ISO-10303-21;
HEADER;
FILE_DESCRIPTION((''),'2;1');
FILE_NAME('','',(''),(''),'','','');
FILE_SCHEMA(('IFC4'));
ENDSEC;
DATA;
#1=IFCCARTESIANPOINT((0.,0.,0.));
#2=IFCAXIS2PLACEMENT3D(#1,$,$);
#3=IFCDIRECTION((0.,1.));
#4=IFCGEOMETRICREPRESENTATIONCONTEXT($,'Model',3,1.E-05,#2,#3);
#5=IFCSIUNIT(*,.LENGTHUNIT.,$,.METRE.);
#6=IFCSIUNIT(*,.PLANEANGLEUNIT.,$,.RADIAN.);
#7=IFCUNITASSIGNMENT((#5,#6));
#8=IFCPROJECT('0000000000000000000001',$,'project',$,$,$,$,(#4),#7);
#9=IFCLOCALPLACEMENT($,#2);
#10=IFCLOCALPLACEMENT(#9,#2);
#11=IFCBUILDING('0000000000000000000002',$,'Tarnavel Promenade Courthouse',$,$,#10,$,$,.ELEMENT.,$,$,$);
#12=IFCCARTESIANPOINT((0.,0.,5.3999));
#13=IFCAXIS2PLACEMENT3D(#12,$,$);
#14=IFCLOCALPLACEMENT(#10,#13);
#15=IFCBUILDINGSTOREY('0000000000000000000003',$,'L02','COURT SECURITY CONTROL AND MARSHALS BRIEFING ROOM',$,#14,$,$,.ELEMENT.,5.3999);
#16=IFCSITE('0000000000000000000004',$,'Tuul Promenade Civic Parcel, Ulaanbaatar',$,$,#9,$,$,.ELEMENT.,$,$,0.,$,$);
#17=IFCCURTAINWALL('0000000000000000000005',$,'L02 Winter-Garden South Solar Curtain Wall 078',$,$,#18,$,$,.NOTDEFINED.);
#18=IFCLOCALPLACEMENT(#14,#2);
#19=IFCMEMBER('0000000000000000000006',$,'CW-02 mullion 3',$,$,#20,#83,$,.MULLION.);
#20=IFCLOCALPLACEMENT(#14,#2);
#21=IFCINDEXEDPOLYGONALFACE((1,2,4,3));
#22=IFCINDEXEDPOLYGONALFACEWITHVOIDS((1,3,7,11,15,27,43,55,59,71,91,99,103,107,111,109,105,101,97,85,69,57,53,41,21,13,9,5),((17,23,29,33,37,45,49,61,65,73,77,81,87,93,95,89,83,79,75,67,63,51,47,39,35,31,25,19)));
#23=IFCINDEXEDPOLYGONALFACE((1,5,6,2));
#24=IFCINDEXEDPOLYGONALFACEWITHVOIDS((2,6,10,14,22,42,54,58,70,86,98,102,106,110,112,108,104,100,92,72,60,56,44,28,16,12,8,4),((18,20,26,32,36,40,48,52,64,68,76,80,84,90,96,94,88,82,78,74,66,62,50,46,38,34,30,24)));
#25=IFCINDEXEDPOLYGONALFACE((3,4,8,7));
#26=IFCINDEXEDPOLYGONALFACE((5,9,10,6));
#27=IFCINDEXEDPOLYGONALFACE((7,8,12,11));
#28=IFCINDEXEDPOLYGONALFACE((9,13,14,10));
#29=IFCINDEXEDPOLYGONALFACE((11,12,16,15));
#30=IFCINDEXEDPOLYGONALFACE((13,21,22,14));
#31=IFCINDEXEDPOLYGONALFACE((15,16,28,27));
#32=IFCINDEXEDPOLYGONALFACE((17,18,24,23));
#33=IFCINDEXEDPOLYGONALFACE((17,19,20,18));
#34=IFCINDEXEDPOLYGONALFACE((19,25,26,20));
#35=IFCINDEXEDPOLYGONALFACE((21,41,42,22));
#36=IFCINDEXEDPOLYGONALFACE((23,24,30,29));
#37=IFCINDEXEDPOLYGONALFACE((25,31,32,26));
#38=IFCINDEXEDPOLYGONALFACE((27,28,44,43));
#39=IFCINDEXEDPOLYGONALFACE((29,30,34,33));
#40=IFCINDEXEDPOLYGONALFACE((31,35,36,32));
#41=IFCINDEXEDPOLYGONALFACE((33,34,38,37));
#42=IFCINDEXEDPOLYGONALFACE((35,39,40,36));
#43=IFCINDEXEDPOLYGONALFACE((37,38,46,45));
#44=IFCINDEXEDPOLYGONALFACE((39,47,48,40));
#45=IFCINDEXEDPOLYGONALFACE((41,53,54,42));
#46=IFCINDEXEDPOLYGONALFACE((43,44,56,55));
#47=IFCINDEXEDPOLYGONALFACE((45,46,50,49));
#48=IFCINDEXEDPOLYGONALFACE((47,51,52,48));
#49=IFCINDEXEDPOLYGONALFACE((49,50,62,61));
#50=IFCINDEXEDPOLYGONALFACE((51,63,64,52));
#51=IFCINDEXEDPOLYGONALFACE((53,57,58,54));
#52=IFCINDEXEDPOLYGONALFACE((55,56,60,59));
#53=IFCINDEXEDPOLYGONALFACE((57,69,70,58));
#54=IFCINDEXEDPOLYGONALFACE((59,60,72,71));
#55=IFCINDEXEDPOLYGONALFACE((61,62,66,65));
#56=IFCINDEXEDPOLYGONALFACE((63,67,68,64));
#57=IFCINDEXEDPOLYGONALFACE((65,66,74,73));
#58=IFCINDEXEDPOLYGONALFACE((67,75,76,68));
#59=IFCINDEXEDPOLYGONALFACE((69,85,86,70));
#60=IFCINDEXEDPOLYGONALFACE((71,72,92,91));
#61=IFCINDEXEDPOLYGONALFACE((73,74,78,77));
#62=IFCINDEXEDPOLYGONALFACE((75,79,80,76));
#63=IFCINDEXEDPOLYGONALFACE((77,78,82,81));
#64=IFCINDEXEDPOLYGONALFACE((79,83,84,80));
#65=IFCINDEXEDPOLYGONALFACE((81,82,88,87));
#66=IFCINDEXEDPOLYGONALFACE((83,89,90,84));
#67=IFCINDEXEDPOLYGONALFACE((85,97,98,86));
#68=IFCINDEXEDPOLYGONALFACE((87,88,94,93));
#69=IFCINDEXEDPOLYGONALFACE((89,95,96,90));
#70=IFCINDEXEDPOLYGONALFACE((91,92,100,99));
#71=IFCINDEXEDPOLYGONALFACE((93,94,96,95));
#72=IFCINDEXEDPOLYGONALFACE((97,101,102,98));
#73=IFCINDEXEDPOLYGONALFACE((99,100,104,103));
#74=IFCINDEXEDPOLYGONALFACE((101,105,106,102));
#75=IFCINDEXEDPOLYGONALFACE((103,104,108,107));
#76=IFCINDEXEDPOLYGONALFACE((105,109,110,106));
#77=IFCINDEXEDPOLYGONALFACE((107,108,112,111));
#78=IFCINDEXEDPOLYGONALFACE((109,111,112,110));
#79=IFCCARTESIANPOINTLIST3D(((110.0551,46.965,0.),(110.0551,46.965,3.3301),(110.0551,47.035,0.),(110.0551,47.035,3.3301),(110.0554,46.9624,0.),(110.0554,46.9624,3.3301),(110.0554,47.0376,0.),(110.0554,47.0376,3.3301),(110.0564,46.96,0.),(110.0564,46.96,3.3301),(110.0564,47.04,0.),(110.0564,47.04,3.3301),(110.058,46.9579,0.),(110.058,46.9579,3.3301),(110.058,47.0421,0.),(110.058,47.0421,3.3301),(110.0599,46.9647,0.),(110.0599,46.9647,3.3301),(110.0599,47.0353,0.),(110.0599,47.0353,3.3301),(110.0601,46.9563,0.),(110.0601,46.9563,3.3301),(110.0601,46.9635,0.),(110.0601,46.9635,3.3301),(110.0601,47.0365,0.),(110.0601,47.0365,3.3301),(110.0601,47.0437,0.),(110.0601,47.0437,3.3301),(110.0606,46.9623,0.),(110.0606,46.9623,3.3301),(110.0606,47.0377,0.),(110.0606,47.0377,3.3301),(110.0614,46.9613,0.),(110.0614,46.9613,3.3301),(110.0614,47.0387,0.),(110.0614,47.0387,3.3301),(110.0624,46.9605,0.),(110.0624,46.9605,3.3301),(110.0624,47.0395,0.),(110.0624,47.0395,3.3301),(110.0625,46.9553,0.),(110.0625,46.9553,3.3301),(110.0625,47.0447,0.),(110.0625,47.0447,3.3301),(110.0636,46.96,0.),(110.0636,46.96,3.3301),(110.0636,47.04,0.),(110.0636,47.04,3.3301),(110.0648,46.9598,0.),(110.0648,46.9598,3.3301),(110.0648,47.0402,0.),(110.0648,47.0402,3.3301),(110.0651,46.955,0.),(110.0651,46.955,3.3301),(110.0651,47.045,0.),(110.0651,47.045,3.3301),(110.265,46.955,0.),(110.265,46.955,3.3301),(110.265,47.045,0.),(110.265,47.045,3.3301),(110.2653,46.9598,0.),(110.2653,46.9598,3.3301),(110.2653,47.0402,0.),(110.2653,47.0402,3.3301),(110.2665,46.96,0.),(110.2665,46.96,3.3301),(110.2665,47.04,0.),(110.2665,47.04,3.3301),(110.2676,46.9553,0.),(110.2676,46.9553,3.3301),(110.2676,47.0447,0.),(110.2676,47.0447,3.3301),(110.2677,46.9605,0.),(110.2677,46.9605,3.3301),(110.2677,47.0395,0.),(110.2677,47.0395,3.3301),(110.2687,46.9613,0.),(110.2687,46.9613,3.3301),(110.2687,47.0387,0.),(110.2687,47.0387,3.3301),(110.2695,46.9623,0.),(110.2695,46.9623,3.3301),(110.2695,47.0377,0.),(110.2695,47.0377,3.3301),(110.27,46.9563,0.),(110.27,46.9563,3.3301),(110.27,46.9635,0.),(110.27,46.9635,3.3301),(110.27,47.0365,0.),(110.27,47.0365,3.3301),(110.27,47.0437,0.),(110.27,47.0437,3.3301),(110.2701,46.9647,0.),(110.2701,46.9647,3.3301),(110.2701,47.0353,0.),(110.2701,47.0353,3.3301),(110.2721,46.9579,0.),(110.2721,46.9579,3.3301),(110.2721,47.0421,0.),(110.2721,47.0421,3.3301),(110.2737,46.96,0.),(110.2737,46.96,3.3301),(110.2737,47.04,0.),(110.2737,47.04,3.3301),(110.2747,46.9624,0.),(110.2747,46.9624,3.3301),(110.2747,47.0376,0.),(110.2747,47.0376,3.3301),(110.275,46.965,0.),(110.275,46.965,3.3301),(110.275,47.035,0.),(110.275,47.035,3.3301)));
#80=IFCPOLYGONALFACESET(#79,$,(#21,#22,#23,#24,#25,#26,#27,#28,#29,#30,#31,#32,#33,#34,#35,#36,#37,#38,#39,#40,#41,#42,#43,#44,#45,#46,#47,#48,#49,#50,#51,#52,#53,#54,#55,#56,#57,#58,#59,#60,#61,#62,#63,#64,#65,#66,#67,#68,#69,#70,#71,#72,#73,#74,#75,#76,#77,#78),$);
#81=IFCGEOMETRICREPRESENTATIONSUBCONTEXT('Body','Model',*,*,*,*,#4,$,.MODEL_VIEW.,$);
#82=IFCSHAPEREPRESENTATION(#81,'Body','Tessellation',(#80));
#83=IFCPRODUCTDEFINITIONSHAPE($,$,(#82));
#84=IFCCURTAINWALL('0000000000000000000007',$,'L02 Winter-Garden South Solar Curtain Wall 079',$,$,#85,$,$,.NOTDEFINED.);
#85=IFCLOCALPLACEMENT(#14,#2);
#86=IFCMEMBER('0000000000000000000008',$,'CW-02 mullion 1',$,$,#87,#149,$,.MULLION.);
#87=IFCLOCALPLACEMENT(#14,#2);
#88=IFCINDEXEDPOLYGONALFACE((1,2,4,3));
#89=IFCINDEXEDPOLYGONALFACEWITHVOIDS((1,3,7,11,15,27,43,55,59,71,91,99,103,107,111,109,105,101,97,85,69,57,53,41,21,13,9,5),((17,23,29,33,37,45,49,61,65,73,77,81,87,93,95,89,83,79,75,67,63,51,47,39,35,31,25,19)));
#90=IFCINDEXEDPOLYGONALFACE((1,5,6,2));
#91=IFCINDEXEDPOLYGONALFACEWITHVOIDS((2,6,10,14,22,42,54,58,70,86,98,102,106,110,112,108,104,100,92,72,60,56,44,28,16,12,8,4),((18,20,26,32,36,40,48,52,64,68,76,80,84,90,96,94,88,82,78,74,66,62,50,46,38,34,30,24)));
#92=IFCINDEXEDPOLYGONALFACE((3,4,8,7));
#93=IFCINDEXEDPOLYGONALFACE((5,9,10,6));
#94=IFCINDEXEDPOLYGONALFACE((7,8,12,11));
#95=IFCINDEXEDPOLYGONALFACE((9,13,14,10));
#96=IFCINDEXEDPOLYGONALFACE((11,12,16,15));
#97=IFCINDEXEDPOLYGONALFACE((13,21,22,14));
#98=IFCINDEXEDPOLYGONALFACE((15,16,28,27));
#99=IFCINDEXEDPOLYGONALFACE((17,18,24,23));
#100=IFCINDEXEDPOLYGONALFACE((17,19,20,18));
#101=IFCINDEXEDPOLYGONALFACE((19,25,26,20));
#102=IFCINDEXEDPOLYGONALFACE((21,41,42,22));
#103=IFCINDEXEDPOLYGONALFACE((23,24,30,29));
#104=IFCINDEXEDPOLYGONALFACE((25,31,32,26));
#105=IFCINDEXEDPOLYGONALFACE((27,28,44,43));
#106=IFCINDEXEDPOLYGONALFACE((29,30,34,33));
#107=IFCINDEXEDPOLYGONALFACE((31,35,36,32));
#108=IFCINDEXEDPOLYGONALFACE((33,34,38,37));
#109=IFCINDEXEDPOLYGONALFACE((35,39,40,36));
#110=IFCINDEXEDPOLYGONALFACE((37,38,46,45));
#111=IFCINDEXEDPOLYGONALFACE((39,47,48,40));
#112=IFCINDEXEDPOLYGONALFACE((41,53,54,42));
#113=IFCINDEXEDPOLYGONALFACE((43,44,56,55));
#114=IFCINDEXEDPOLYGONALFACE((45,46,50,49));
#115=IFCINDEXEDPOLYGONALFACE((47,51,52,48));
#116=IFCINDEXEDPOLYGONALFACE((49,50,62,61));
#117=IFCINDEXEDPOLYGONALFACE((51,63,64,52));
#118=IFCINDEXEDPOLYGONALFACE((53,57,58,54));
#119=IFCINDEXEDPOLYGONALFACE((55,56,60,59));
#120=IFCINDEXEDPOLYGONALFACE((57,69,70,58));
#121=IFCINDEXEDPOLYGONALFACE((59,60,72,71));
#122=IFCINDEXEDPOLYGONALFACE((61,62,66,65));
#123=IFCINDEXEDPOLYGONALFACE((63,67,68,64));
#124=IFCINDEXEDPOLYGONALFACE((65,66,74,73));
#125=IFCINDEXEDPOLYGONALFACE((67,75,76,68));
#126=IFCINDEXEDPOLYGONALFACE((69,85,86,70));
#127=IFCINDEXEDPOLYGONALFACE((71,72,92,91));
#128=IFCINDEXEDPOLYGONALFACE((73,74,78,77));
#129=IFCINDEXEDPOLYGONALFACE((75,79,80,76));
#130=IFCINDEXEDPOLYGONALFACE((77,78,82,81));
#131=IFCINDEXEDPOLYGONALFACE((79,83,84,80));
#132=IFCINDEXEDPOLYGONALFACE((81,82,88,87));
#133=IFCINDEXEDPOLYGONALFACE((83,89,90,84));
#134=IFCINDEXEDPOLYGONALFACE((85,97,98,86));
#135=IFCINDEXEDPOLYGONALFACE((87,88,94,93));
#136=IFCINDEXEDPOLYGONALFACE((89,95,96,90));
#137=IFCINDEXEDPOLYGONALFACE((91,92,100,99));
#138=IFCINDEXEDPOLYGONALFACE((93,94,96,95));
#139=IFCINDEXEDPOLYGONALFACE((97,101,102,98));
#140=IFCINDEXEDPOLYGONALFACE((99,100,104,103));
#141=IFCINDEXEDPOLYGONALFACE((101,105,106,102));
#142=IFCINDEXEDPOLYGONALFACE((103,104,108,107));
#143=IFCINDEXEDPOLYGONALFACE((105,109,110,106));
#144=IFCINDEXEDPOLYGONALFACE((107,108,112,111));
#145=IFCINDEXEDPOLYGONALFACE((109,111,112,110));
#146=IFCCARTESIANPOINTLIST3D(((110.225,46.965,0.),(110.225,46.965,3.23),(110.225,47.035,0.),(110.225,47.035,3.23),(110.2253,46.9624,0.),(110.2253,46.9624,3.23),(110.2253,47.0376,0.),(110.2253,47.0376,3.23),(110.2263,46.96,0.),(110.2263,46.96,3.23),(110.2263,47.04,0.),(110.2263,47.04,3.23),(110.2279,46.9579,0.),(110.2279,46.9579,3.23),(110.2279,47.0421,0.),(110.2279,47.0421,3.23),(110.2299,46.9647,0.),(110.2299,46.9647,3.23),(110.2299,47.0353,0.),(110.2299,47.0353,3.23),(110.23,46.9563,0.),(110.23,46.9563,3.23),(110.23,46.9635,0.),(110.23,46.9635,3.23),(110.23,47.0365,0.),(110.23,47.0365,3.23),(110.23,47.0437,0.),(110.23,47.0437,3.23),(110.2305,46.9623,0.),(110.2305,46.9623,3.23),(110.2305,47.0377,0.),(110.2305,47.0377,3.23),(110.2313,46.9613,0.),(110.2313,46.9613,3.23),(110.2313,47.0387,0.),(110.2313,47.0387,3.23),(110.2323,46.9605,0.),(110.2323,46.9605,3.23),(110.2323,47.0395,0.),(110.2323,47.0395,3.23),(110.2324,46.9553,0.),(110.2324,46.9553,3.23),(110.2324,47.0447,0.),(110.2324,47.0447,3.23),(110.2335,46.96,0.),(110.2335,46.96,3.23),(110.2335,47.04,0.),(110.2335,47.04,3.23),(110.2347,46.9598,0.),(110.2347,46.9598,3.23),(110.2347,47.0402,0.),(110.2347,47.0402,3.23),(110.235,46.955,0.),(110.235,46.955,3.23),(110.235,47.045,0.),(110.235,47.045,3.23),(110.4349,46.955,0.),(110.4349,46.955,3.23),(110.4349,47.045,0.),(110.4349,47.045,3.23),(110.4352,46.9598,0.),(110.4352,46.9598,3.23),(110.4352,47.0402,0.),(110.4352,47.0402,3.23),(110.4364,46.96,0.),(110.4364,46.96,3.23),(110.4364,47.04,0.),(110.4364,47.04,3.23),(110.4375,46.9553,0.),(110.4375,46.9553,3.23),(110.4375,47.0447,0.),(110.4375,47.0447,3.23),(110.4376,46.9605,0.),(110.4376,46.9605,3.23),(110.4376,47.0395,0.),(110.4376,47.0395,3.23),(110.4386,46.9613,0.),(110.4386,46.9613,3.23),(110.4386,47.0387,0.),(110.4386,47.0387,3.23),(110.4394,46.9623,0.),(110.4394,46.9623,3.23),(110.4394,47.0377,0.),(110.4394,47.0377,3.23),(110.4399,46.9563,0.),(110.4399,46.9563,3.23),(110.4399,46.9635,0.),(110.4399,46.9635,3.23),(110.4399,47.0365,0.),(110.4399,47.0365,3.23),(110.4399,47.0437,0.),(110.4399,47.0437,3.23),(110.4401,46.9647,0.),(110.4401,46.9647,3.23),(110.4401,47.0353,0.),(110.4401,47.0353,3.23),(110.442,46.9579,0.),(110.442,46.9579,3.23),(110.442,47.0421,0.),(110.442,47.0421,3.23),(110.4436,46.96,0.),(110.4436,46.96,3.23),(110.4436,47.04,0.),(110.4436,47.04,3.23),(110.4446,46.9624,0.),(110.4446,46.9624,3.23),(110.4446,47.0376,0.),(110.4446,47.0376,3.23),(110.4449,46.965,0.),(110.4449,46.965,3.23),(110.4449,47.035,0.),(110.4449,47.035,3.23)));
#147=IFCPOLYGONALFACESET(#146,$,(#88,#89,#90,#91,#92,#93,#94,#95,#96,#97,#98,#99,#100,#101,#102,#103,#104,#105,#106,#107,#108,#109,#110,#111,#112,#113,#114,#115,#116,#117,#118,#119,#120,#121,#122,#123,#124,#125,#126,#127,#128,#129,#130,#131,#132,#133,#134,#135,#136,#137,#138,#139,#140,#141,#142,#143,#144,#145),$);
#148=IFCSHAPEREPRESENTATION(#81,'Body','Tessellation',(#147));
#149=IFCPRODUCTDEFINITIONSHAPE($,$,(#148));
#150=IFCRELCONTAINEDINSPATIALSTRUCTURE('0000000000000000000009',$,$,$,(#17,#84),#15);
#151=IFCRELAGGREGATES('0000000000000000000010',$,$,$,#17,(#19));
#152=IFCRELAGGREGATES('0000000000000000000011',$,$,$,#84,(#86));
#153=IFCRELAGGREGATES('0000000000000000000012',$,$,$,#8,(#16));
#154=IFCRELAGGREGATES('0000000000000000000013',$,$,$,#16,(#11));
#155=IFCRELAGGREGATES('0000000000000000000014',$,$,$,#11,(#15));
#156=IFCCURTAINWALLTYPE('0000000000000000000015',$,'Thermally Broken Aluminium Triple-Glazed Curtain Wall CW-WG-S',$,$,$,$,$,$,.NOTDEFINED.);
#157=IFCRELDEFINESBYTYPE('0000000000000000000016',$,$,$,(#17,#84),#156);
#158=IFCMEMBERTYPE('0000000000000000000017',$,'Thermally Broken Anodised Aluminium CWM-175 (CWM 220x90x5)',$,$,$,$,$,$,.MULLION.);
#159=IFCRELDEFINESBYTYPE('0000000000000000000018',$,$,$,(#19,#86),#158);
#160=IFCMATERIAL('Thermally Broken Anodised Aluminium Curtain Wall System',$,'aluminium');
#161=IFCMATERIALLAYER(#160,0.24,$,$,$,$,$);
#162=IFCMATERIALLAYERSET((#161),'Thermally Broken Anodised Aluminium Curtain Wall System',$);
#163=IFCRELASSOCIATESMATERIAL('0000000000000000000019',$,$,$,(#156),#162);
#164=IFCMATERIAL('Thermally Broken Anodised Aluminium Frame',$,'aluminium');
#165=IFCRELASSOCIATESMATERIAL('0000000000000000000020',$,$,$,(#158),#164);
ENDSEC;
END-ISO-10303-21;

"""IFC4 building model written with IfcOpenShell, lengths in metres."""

from ifc_helpers import new_model, si_unit, direction, frame, origin, origin_2d, place, context, subcontext, project, spatial, hollow_rectangle, extrude, material, layer, layer_set, material_profile, profile_set, type_object, element, aggregate, save


model = new_model("IFC4")

# Units and contexts
model_context = context("Model", 3, precision=1e-05, world=origin(), true_north=direction((0.0, 1.0)))
body_context = subcontext(model_context, "Body", "Model", "MODEL_VIEW")
ifc_project = project(units=[si_unit("LENGTHUNIT", "METRE"), si_unit("PLANEANGLEUNIT", "RADIAN")], contexts=[model_context])

# Site, building, storey
site_placement = place(None, origin())
site = spatial("IfcSite", under=ifc_project, at=site_placement, Name="Tuul Promenade Civic Parcel, Ulaanbaatar", CompositionType="ELEMENT", RefElevation=0.0)
building_placement = place(site_placement, origin())
building = spatial("IfcBuilding", under=site, at=building_placement, Name="Tarnavel Promenade Courthouse", CompositionType="ELEMENT")
storey_placement = place(building_placement, frame((0.0, 0.0, 5.3999)))
storey = spatial("IfcBuildingStorey", under=building, at=storey_placement, Name="L02", Description="COURT SECURITY CONTROL AND MARSHALS BRIEFING ROOM", CompositionType="ELEMENT", Elevation=5.3999)

# Curtain walls, members
ifc_material_1 = material(Name="Thermally Broken Anodised Aluminium Curtain Wall System", Category="aluminium")
ifc_layer_1 = layer(ifc_material_1, 0.24)
ifc_layer_set_1 = layer_set([ifc_layer_1], Name="Thermally Broken Anodised Aluminium Curtain Wall System")
curtain_wall_type = type_object("IfcCurtainWallType", Name="Thermally Broken Aluminium Triple-Glazed Curtain Wall CW-WG-S", PredefinedType="NOTDEFINED", material=ifc_layer_set_1)
curtain_wall_1_placement = place(storey_placement, origin())
curtain_wall_1 = element("IfcCurtainWall", 1, at=curtain_wall_1_placement, inside=storey, type_object=curtain_wall_type, Name="L02 Winter-Garden South Solar Curtain Wall 078", PredefinedType="NOTDEFINED")
ifc_material_2 = material(Name="Thermally Broken Anodised Aluminium Frame", Category="aluminium")
ifc_material_profile_1 = material_profile(ifc_material_2, hollow_rectangle(XDim=0.0901, YDim=0.22, WallThickness=0.0049, InnerFilletRadius=0.0049, OuterFilletRadius=0.01, at=origin_2d()), Name="CWM 220x90x5")
ifc_profile_set_1 = profile_set([ifc_material_profile_1], Name="Thermally Broken Anodised Aluminium Frame")
member_type_1 = type_object("IfcMemberType", Name="Thermally Broken Anodised Aluminium CWM-175 (CWM 220x90x5)", PredefinedType="MULLION", material=ifc_profile_set_1)
member_1_placement = place(storey_placement, frame((110.165, 47.0, 0.0), z_axis=(0.0, 0.0, 1.0), x_axis=(0.0, 1.0, 0.0)))
member_1 = element("IfcMember", 2, at=member_1_placement, type_object=member_type_1, Name="CW-02 mullion 3", PredefinedType="MULLION", context=body_context, shape_type="SweptSolid", body=[
    extrude(hollow_rectangle(XDim=0.0901, YDim=0.22, WallThickness=0.0049, InnerFilletRadius=0.0049, OuterFilletRadius=0.01, at=origin_2d()), origin(), (0.0, 0.0, 1.0), 3.3301),
])
curtain_wall_2_placement = place(storey_placement, origin())
curtain_wall_2 = element("IfcCurtainWall", 3, at=curtain_wall_2_placement, inside=storey, type_object=curtain_wall_type, Name="L02 Winter-Garden South Solar Curtain Wall 079", PredefinedType="NOTDEFINED")
member_2_placement = place(storey_placement, frame((110.335, 47.0, 0.0), z_axis=(0.0, 0.0, 1.0), x_axis=(0.0, 1.0, 0.0)))
member_2 = element("IfcMember", 4, at=member_2_placement, type_object=member_type_1, Name="CW-02 mullion 1", PredefinedType="MULLION", context=body_context, shape_type="SweptSolid", body=[
    extrude(hollow_rectangle(XDim=0.0901, YDim=0.22, WallThickness=0.0049, InnerFilletRadius=0.0049, OuterFilletRadius=0.01, at=origin_2d()), origin(), (0.0, 0.0, 1.0), 3.23),
])

aggregate(curtain_wall_1, [member_1])
aggregate(curtain_wall_2, [member_2])

save(model, "model.ifc")
